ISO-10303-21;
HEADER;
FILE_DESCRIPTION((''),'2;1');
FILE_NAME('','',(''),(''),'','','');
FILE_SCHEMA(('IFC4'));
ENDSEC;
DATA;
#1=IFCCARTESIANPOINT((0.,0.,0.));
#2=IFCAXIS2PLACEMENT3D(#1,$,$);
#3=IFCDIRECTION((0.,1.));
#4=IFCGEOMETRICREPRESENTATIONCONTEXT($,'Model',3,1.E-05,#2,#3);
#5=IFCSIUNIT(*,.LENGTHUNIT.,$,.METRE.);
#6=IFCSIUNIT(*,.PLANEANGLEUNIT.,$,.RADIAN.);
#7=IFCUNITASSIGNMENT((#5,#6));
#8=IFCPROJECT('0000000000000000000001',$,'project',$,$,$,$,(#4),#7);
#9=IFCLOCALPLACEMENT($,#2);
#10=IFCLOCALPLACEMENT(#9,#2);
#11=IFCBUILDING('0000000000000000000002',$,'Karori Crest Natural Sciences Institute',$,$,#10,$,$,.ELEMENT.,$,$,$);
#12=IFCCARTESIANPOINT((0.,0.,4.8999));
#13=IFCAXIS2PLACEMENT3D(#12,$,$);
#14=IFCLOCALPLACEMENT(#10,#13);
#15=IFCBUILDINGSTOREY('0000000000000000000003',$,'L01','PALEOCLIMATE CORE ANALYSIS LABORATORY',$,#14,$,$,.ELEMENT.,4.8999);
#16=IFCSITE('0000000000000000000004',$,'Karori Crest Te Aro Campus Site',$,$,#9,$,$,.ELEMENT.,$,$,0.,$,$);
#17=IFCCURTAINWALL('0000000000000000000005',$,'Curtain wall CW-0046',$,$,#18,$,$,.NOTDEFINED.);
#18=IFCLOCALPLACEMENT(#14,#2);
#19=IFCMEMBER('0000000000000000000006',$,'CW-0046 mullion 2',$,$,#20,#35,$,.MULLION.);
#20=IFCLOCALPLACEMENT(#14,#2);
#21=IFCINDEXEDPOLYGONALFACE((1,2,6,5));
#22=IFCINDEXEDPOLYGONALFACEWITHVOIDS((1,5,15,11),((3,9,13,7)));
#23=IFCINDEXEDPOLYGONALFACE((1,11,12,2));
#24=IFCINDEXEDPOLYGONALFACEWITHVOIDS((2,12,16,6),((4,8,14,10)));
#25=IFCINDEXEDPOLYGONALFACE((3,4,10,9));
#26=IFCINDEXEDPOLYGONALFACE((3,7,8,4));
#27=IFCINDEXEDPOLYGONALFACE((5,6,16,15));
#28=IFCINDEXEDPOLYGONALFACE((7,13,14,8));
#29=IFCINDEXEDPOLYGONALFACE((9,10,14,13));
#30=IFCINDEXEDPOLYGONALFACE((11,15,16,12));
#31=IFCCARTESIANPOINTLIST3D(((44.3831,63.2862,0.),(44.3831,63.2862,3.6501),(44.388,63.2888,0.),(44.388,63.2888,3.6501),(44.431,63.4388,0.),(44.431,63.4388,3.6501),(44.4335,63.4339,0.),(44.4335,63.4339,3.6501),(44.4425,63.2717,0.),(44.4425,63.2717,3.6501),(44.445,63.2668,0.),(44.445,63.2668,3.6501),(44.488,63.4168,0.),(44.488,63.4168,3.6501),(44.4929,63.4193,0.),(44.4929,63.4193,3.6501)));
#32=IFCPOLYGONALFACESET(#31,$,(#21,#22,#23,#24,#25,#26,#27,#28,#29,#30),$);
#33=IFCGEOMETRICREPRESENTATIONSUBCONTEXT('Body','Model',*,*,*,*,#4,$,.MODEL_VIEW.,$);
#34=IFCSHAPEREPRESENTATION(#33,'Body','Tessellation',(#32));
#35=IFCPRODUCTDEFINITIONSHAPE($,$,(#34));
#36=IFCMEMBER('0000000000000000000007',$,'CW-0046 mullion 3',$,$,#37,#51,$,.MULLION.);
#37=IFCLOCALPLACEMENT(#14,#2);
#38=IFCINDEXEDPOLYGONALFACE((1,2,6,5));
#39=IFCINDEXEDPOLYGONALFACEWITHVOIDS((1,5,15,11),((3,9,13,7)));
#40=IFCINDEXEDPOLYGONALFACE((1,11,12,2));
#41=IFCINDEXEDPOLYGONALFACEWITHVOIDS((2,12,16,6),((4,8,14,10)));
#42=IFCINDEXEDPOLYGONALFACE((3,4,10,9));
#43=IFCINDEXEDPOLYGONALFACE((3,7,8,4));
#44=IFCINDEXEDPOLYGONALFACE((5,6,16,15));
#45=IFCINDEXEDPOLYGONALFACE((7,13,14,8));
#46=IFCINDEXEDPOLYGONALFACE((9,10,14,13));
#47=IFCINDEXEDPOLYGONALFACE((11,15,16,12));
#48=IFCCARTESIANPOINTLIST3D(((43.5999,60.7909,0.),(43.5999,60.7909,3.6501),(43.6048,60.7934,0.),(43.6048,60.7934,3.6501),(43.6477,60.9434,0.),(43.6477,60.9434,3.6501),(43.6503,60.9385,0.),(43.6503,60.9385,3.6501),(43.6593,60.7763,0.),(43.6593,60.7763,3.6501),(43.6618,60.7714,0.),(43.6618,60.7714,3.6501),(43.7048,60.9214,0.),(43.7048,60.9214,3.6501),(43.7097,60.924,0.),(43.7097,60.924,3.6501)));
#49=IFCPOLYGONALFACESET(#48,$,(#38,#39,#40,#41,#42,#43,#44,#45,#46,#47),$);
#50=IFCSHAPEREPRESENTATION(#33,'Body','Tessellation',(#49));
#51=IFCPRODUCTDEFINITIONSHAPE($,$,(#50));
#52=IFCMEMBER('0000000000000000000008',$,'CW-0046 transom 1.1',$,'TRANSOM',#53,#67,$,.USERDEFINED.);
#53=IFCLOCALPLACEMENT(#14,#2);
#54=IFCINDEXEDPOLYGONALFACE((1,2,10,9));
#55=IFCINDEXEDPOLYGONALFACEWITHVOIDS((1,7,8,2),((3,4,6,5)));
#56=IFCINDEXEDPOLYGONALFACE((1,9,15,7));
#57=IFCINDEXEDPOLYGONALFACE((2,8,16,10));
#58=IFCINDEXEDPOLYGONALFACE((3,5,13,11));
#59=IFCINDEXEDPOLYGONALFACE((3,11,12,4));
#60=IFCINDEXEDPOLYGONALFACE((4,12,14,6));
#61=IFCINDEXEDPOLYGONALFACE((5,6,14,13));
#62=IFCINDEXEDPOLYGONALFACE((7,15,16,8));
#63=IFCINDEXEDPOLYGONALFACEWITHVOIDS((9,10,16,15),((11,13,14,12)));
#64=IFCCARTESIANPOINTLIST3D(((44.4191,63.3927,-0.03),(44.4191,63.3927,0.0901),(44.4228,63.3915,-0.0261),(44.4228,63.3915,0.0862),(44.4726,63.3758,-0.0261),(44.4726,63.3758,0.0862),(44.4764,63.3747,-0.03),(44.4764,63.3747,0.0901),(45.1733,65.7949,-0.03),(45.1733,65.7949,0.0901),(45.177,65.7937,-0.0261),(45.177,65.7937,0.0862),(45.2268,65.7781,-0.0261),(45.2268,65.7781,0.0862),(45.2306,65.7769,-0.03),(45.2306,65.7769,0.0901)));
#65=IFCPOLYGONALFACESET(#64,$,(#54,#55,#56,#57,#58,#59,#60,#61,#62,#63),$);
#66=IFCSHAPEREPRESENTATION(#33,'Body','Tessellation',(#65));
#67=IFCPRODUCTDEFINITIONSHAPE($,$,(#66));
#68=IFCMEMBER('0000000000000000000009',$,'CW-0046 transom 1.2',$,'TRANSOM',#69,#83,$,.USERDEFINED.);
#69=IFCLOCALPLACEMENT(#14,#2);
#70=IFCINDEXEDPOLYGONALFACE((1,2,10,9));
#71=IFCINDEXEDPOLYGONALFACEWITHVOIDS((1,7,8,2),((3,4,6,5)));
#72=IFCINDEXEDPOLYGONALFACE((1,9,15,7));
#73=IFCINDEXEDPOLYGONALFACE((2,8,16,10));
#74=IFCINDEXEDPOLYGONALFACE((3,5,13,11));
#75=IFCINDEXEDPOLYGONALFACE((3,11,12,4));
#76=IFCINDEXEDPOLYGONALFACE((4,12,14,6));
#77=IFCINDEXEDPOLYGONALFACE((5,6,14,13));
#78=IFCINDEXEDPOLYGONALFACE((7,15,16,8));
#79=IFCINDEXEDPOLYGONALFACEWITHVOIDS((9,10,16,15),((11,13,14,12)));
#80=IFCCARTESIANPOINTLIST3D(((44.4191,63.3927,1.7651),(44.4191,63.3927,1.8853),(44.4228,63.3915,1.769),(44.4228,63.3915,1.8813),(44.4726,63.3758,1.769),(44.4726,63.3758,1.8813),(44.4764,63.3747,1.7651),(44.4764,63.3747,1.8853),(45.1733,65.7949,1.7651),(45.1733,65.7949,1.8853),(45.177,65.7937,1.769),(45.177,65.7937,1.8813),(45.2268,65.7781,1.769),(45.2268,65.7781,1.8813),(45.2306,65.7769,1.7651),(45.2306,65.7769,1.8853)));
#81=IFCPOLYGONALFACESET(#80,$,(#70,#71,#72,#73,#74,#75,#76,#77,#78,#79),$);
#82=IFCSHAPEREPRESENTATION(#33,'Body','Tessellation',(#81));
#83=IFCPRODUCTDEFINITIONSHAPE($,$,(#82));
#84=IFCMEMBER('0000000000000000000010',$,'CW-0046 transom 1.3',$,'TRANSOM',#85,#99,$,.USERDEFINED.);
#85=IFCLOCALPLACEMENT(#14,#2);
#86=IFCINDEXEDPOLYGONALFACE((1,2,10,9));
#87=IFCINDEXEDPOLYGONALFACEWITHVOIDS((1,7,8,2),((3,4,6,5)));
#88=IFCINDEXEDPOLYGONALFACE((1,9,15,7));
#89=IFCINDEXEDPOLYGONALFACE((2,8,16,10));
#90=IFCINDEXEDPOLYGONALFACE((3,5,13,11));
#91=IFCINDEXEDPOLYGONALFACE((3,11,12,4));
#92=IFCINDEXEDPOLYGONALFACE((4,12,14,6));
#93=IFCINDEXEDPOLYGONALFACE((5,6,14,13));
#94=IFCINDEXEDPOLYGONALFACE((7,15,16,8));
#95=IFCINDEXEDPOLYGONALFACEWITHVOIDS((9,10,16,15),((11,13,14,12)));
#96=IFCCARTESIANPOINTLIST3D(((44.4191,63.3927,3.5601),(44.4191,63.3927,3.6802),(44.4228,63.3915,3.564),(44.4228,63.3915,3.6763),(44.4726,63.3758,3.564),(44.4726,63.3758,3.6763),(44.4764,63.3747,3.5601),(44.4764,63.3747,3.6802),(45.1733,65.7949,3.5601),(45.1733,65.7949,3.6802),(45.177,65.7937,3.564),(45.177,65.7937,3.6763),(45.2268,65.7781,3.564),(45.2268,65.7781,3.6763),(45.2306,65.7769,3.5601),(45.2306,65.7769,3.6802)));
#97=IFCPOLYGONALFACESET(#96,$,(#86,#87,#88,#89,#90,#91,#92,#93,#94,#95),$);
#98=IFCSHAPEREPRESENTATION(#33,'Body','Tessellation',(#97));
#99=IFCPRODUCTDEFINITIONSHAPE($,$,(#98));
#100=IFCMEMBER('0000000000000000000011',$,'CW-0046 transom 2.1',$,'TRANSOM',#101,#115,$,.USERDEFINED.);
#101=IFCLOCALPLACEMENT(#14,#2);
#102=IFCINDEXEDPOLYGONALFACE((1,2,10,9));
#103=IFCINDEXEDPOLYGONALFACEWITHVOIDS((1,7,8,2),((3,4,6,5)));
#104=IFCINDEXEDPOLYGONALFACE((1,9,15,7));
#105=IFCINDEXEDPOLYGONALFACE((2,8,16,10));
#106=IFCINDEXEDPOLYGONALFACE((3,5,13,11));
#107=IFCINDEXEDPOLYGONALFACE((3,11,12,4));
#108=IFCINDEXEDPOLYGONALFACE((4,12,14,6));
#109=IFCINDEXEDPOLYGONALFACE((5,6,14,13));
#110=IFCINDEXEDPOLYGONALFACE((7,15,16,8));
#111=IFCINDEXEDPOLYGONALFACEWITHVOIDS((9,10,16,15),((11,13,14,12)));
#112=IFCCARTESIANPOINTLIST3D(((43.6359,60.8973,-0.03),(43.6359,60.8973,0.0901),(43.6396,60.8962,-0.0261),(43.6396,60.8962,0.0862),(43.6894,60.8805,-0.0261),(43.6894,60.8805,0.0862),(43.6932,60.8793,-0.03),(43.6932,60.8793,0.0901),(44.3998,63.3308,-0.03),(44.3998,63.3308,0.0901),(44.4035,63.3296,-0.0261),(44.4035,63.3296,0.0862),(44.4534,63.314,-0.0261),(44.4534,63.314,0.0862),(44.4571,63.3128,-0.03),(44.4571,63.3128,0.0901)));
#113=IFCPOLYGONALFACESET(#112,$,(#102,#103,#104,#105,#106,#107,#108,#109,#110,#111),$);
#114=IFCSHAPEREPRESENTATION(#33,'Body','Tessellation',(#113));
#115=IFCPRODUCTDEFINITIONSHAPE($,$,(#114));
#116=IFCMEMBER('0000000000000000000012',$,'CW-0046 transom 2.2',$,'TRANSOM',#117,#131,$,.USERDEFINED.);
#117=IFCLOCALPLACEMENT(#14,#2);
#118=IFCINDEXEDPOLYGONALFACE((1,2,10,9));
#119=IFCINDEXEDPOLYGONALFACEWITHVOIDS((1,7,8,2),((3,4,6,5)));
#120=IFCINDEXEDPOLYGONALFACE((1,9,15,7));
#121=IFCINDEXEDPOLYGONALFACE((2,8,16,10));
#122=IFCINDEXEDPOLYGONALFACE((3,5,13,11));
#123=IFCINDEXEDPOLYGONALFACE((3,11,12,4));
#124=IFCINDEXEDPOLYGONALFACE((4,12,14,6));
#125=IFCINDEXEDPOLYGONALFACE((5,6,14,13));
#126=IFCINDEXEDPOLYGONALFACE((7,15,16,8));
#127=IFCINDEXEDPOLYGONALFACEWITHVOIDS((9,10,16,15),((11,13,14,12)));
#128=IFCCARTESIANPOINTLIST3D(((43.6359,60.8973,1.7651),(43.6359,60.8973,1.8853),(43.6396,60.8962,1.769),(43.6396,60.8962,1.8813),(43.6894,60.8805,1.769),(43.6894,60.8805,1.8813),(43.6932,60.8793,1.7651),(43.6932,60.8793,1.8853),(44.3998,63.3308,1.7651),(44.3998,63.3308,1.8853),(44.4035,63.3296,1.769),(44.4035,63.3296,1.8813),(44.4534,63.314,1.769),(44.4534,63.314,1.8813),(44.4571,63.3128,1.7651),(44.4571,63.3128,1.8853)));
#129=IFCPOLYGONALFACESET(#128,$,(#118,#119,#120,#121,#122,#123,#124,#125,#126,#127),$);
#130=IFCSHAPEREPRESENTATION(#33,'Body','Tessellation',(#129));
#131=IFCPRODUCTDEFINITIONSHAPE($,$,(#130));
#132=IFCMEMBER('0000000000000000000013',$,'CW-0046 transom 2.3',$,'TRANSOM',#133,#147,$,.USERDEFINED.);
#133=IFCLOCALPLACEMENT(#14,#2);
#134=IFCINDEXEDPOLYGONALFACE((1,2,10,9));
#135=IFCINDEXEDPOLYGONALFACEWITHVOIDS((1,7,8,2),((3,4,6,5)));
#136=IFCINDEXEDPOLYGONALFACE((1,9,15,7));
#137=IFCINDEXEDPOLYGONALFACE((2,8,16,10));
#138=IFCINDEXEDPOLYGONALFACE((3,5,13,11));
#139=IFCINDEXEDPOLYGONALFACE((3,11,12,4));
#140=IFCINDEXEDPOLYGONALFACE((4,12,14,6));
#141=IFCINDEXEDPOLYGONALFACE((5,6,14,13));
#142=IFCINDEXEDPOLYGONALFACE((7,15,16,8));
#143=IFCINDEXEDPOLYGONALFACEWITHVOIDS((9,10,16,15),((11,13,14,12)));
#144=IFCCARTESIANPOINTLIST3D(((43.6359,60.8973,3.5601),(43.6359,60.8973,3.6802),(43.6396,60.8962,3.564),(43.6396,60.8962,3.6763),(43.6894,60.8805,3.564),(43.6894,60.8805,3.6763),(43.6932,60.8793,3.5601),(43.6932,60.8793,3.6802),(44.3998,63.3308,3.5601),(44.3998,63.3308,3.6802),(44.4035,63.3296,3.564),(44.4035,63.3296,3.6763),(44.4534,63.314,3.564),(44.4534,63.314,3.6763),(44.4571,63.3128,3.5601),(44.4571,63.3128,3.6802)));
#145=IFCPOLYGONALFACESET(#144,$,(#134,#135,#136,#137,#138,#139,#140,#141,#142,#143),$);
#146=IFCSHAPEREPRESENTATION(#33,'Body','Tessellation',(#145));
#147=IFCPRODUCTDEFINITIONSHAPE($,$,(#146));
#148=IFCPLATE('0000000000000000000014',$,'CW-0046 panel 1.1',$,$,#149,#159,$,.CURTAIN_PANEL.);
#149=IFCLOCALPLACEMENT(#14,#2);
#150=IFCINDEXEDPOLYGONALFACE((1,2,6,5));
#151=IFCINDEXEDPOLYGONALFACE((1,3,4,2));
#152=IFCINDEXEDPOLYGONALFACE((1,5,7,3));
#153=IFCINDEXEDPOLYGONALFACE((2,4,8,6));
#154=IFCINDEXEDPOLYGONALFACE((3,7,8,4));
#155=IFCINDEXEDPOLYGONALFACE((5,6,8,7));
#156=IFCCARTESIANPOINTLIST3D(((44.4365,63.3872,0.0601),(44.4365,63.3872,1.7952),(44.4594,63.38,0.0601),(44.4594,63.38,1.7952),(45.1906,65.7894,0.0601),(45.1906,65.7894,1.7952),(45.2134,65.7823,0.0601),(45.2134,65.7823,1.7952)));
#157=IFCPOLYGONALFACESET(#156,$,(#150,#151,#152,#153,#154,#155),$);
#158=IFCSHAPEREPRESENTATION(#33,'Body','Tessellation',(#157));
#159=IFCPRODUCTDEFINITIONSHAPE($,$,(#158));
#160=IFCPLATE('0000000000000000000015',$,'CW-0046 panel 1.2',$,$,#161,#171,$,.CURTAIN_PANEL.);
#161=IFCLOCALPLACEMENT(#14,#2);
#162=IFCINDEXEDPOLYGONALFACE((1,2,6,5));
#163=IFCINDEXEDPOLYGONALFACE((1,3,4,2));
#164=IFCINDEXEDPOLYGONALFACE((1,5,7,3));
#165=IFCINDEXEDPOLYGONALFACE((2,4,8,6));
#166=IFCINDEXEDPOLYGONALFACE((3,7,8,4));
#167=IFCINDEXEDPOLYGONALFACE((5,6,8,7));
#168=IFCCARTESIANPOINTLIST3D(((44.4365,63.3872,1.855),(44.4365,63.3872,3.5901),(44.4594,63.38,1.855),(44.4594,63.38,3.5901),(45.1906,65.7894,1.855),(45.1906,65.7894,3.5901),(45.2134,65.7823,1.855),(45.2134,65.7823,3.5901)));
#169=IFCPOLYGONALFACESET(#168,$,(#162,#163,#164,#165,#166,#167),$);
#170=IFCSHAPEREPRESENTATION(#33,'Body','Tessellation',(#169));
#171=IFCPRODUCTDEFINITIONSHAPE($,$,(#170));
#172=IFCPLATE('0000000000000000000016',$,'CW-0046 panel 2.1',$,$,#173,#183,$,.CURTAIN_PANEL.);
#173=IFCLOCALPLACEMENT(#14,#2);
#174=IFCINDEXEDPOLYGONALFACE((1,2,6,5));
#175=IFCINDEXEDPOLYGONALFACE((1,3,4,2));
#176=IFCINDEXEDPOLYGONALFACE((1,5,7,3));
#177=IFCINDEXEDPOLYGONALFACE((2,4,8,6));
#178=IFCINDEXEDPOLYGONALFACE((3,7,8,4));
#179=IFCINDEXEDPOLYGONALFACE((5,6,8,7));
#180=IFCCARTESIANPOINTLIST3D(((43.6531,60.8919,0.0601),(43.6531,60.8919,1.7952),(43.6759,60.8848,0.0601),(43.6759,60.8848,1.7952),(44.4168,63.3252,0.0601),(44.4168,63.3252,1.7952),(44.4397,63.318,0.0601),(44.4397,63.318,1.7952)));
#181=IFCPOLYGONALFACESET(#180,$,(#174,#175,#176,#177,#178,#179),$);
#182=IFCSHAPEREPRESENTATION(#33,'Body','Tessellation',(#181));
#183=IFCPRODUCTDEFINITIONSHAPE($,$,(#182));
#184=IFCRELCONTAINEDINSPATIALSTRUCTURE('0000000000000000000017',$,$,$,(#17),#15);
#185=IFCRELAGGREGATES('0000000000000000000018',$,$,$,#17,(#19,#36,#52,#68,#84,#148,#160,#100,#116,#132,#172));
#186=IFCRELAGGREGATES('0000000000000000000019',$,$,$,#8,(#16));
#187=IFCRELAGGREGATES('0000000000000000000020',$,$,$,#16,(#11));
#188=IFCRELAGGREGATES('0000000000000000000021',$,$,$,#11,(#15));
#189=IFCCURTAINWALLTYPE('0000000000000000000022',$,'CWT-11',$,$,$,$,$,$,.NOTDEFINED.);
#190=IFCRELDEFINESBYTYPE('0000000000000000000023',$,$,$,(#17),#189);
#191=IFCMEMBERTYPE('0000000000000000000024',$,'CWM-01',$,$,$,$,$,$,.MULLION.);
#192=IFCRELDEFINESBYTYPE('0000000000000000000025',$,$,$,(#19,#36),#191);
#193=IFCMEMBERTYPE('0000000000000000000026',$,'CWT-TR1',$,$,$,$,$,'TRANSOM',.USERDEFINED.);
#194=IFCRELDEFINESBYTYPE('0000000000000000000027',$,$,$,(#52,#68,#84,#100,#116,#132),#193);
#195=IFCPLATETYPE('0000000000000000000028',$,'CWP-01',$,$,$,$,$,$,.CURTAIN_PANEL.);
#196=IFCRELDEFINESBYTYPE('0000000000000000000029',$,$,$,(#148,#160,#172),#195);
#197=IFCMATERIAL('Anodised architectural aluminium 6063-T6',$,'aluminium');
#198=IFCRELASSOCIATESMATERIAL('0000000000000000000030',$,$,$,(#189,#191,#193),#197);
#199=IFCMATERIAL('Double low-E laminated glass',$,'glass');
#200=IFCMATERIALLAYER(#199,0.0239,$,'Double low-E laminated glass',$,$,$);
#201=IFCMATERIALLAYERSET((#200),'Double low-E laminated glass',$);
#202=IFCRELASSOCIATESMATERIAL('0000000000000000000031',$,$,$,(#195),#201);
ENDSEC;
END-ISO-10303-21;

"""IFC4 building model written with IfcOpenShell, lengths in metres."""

from ifc_helpers import new_model, si_unit, direction, frame, origin, origin_2d, place, context, subcontext, project, spatial, rectangle, hollow_rectangle, extrude, material, layer, layer_set, material_profile, profile_set, type_object, element, aggregate, save


model = new_model("IFC4")

# Units and contexts
model_context = context("Model", 3, precision=1e-05, world=origin(), true_north=direction((0.0, 1.0)))
body_context = subcontext(model_context, "Body", "Model", "MODEL_VIEW")
ifc_project = project(units=[si_unit("LENGTHUNIT", "METRE"), si_unit("PLANEANGLEUNIT", "RADIAN")], contexts=[model_context])

# Site, building, storey
site_placement = place(None, origin())
site = spatial("IfcSite", under=ifc_project, at=site_placement, Name="Karori Crest Te Aro Campus Site", CompositionType="ELEMENT", RefElevation=0.0)
building_placement = place(site_placement, origin())
building = spatial("IfcBuilding", under=site, at=building_placement, Name="Karori Crest Natural Sciences Institute", CompositionType="ELEMENT")
storey_placement = place(building_placement, frame((0.0, 0.0, 4.8999)))
storey = spatial("IfcBuildingStorey", under=building, at=storey_placement, Name="L01", Description="PALEOCLIMATE CORE ANALYSIS LABORATORY", CompositionType="ELEMENT", Elevation=4.8999)

# Curtain wall, members, plates
ifc_material_1 = material(Name="Anodised architectural aluminium 6063-T6", Category="aluminium")
curtain_wall_type = type_object("IfcCurtainWallType", Name="CWT-11", PredefinedType="NOTDEFINED", material=ifc_material_1)
curtain_wall_placement = place(storey_placement, origin())
curtain_wall = element("IfcCurtainWall", 1, at=curtain_wall_placement, inside=storey, type_object=curtain_wall_type, Name="Curtain wall CW-0046", PredefinedType="NOTDEFINED")
ifc_material_profile_1 = material_profile(ifc_material_1, hollow_rectangle(XDim=0.0649, YDim=0.1599, WallThickness=0.0039, at=origin_2d()), Name="CWM160x65x4")
ifc_profile_set_1 = profile_set([ifc_material_profile_1], Name="Anodised architectural aluminium 6063-T6")
member_type_1 = type_object("IfcMemberType", Name="CWM-01", PredefinedType="MULLION", material=ifc_profile_set_1)
member_1_placement = place(storey_placement, frame((44.438, 63.3528, 0.0), z_axis=(0.0, 0.0, 1.0), x_axis=(0.954104, -0.299477, 0.0)))
member_1 = element("IfcMember", 2, at=member_1_placement, type_object=member_type_1, Name="CW-0046 mullion 2", PredefinedType="MULLION", context=body_context, shape_type="SweptSolid", body=[
    extrude(hollow_rectangle(XDim=0.0649, YDim=0.1599, WallThickness=0.0039, at=origin_2d()), origin(), (0.0, 0.0, 1.0), 3.6501),
])
member_2_placement = place(storey_placement, frame((43.6548, 60.8574, 0.0), z_axis=(0.0, 0.0, 1.0), x_axis=(0.954104, -0.299477, 0.0)))
member_2 = element("IfcMember", 3, at=member_2_placement, type_object=member_type_1, Name="CW-0046 mullion 3", PredefinedType="MULLION", context=body_context, shape_type="SweptSolid", body=[
    extrude(hollow_rectangle(XDim=0.0649, YDim=0.1599, WallThickness=0.0039, at=origin_2d()), origin(), (0.0, 0.0, 1.0), 3.6501),
])
ifc_material_profile_2 = material_profile(ifc_material_1, hollow_rectangle(XDim=0.0601, YDim=0.1201, WallThickness=0.0039, at=origin_2d()), Name="CWT120x60x4")
ifc_profile_set_2 = profile_set([ifc_material_profile_2], Name="Anodised architectural aluminium 6063-T6")
member_type_2 = type_object("IfcMemberType", Name="CWT-TR1", ElementType="TRANSOM", PredefinedType="USERDEFINED", material=ifc_profile_set_2)
member_3_placement = place(storey_placement, frame((45.2019, 65.7859, 0.03), z_axis=(-0.299539, -0.954084, 0.0), x_axis=(0.954084, -0.299539, 0.0)))
member_3 = element("IfcMember", 4, at=member_3_placement, type_object=member_type_2, Name="CW-0046 transom 1.1", ObjectType="TRANSOM", PredefinedType="USERDEFINED", context=body_context, shape_type="SweptSolid", body=[
    extrude(hollow_rectangle(XDim=0.0601, YDim=0.1201, WallThickness=0.0039, at=origin_2d()), origin(), (0.0, 0.0, 1.0), 2.5178),
])
member_4_placement = place(storey_placement, frame((45.2019, 65.7859, 1.8252), z_axis=(-0.299539, -0.954084, 0.0), x_axis=(0.954084, -0.299539, 0.0)))
member_4 = element("IfcMember", 5, at=member_4_placement, type_object=member_type_2, Name="CW-0046 transom 1.2", ObjectType="TRANSOM", PredefinedType="USERDEFINED", context=body_context, shape_type="SweptSolid", body=[
    extrude(hollow_rectangle(XDim=0.0601, YDim=0.1201, WallThickness=0.0039, at=origin_2d()), origin(), (0.0, 0.0, 1.0), 2.5178),
])
member_5_placement = place(storey_placement, frame((45.2019, 65.7859, 3.6201), z_axis=(-0.299539, -0.954084, 0.0), x_axis=(0.954084, -0.299539, 0.0)))
member_5 = element("IfcMember", 6, at=member_5_placement, type_object=member_type_2, Name="CW-0046 transom 1.3", ObjectType="TRANSOM", PredefinedType="USERDEFINED", context=body_context, shape_type="SweptSolid", body=[
    extrude(hollow_rectangle(XDim=0.0601, YDim=0.1201, WallThickness=0.0039, at=origin_2d()), origin(), (0.0, 0.0, 1.0), 2.5178),
])
member_6_placement = place(storey_placement, frame((44.4285, 63.3218, 0.03), z_axis=(-0.299523, -0.954089, 0.0), x_axis=(0.954089, -0.299523, 0.0)))
member_6 = element("IfcMember", 7, at=member_6_placement, type_object=member_type_2, Name="CW-0046 transom 2.1", ObjectType="TRANSOM", PredefinedType="USERDEFINED", context=body_context, shape_type="SweptSolid", body=[
    extrude(hollow_rectangle(XDim=0.0601, YDim=0.1201, WallThickness=0.0039, at=origin_2d()), origin(), (0.0, 0.0, 1.0), 2.5505),
])
member_7_placement = place(storey_placement, frame((44.4285, 63.3218, 1.8252), z_axis=(-0.299523, -0.954089, 0.0), x_axis=(0.954089, -0.299523, 0.0)))
member_7 = element("IfcMember", 8, at=member_7_placement, type_object=member_type_2, Name="CW-0046 transom 2.2", ObjectType="TRANSOM", PredefinedType="USERDEFINED", context=body_context, shape_type="SweptSolid", body=[
    extrude(hollow_rectangle(XDim=0.0601, YDim=0.1201, WallThickness=0.0039, at=origin_2d()), origin(), (0.0, 0.0, 1.0), 2.5505),
])
member_8_placement = place(storey_placement, frame((44.4285, 63.3218, 3.6201), z_axis=(-0.299523, -0.954089, 0.0), x_axis=(0.954089, -0.299523, 0.0)))
member_8 = element("IfcMember", 9, at=member_8_placement, type_object=member_type_2, Name="CW-0046 transom 2.3", ObjectType="TRANSOM", PredefinedType="USERDEFINED", context=body_context, shape_type="SweptSolid", body=[
    extrude(hollow_rectangle(XDim=0.0601, YDim=0.1201, WallThickness=0.0039, at=origin_2d()), origin(), (0.0, 0.0, 1.0), 2.5505),
])
ifc_material_2 = material(Name="Double low-E laminated glass", Category="glass")
ifc_layer_1 = layer(ifc_material_2, 0.0239, Name="Double low-E laminated glass")
ifc_layer_set_1 = layer_set([ifc_layer_1], Name="Double low-E laminated glass")
plate_type_1 = type_object("IfcPlateType", Name="CWP-01", PredefinedType="CURTAIN_PANEL", material=ifc_layer_set_1)
plate_1_placement = place(storey_placement, frame((44.825, 64.5847, 0.0601), z_axis=(0.0, 0.0, 1.0), x_axis=(-0.299477, -0.954104, 0.0)))
plate_1 = element("IfcPlate", 10, at=plate_1_placement, type_object=plate_type_1, Name="CW-0046 panel 1.1", PredefinedType="CURTAIN_PANEL", context=body_context, shape_type="SweptSolid", body=[
    extrude(rectangle(XDim=2.5178, YDim=0.0239, at=origin_2d()), origin(), (0.0, 0.0, 1.0), 1.7351),
])
plate_2_placement = place(storey_placement, frame((44.825, 64.5847, 1.855), z_axis=(0.0, 0.0, 1.0), x_axis=(-0.299477, -0.954104, 0.0)))
plate_2 = element("IfcPlate", 11, at=plate_2_placement, type_object=plate_type_1, Name="CW-0046 panel 1.2", PredefinedType="CURTAIN_PANEL", context=body_context, shape_type="SweptSolid", body=[
    extrude(rectangle(XDim=2.5178, YDim=0.0239, at=origin_2d()), origin(), (0.0, 0.0, 1.0), 1.7351),
])
plate_3_placement = place(storey_placement, frame((44.0464, 62.105, 0.0601), z_axis=(0.0, 0.0, 1.0), x_axis=(-0.299477, -0.954104, 0.0)))
plate_3 = element("IfcPlate", 12, at=plate_3_placement, type_object=plate_type_1, Name="CW-0046 panel 2.1", PredefinedType="CURTAIN_PANEL", context=body_context, shape_type="SweptSolid", body=[
    extrude(rectangle(XDim=2.5503, YDim=0.0239, at=origin_2d()), origin(), (0.0, 0.0, 1.0), 1.7351),
])
aggregate(curtain_wall, [member_1, member_2, member_3, member_4, member_5, plate_1, plate_2, member_6, member_7, member_8, plate_3])

save(model, "model.ifc")
